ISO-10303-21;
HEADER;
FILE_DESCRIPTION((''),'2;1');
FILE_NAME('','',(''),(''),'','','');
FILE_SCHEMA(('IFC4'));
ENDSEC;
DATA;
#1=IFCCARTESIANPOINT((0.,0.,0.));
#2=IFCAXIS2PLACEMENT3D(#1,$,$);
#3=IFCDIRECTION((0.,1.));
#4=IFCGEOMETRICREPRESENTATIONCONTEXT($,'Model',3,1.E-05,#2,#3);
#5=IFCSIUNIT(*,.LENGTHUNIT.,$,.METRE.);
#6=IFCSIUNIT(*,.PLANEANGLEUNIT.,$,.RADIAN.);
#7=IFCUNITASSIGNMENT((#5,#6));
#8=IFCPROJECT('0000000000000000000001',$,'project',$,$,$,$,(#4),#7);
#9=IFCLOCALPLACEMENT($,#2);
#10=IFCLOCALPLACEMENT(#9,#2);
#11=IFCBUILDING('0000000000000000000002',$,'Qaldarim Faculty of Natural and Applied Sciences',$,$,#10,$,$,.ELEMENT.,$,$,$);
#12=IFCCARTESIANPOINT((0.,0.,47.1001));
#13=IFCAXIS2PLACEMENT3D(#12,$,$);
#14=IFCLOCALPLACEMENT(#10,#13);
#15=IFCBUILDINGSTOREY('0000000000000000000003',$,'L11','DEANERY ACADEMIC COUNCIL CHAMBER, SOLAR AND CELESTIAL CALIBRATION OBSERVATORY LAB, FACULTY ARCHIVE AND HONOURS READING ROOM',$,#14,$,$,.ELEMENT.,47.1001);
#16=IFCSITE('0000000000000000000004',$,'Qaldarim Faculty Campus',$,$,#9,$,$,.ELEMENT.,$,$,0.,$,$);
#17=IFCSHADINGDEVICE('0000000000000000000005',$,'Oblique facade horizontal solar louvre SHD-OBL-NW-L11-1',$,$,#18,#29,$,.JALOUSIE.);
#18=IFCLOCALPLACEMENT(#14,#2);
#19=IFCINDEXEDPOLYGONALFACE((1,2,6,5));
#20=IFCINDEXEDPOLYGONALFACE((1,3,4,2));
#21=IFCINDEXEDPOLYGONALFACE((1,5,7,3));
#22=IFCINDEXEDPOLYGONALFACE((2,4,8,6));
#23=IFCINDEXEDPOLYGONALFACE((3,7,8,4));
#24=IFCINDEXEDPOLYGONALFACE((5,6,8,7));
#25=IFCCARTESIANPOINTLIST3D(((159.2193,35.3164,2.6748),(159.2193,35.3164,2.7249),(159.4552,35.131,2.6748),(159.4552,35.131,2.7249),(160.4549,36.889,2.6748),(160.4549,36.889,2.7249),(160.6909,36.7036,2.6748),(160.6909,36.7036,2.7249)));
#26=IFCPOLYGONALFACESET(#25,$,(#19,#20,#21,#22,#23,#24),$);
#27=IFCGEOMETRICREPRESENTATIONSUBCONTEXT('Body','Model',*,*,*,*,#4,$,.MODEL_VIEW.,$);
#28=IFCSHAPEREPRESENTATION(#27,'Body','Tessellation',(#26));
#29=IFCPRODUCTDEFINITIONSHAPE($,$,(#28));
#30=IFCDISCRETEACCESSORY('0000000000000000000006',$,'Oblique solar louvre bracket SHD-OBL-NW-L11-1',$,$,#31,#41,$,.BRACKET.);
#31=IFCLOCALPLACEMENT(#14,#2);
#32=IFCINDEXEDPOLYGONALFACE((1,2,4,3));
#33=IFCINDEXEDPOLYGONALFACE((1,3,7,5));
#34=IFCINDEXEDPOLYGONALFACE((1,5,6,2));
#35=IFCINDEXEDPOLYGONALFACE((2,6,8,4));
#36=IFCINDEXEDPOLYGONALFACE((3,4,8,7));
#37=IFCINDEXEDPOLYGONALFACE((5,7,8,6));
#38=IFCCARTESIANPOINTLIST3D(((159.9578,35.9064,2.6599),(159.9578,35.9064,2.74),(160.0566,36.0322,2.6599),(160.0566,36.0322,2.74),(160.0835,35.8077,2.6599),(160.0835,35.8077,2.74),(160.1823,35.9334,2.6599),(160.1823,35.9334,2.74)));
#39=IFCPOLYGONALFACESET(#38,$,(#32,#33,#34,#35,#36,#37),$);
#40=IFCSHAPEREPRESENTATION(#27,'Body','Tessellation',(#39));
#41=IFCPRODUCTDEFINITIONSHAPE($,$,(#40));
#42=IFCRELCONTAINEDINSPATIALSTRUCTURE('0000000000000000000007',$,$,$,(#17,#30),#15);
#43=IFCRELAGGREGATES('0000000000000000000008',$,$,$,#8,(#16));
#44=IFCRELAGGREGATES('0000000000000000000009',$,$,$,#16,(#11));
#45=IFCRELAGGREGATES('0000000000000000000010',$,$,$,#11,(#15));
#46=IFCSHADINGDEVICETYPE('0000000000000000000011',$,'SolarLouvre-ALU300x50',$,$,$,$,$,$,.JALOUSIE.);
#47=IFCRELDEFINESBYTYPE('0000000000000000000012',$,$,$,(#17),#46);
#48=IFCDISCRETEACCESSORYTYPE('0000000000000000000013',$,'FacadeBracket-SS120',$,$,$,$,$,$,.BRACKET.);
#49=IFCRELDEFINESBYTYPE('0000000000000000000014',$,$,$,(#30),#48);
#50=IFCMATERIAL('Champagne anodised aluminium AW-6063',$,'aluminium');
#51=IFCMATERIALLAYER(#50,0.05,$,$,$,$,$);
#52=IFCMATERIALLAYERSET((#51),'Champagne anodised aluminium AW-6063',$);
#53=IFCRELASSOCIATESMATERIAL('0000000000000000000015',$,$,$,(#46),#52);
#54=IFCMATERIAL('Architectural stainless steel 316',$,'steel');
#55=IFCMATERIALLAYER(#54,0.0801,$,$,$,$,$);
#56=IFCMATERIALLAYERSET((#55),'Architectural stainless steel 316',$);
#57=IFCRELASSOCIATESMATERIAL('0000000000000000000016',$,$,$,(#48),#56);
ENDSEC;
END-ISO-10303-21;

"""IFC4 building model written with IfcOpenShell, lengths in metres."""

from ifc_helpers import new_model, si_unit, direction, frame, origin, origin_2d, place, context, subcontext, project, spatial, rectangle, extrude, material, layer, layer_set, type_object, element, save


model = new_model("IFC4")

# Units and contexts
model_context = context("Model", 3, precision=1e-05, world=origin(), true_north=direction((0.0, 1.0)))
body_context = subcontext(model_context, "Body", "Model", "MODEL_VIEW")
ifc_project = project(units=[si_unit("LENGTHUNIT", "METRE"), si_unit("PLANEANGLEUNIT", "RADIAN")], contexts=[model_context])

# Site, building, storey
site_placement = place(None, origin())
site = spatial("IfcSite", under=ifc_project, at=site_placement, Name="Qaldarim Faculty Campus", CompositionType="ELEMENT", RefElevation=0.0)
building_placement = place(site_placement, origin())
building = spatial("IfcBuilding", under=site, at=building_placement, Name="Qaldarim Faculty of Natural and Applied Sciences", CompositionType="ELEMENT")
storey_placement = place(building_placement, frame((0.0, 0.0, 47.1001)))
storey = spatial("IfcBuildingStorey", under=building, at=storey_placement, Name="L11", Description="DEANERY ACADEMIC COUNCIL CHAMBER, SOLAR AND CELESTIAL CALIBRATION OBSERVATORY LAB, FACULTY ARCHIVE AND HONOURS READING ROOM", CompositionType="ELEMENT", Elevation=47.1001)

# Shading device
ifc_material_1 = material(Name="Champagne anodised aluminium AW-6063", Category="aluminium")
ifc_layer_1 = layer(ifc_material_1, 0.05)
ifc_layer_set_1 = layer_set([ifc_layer_1], Name="Champagne anodised aluminium AW-6063")
shading_device_type = type_object("IfcShadingDeviceType", Name="SolarLouvre-ALU300x50", PredefinedType="JALOUSIE", material=ifc_layer_set_1)
shading_device_placement = place(storey_placement, frame((159.9551, 36.01, 2.6748), z_axis=(0.0, 0.0, 1.0), x_axis=(0.617818, 0.786321, 0.0)))
element("IfcShadingDevice", 1, at=shading_device_placement, inside=storey, type_object=shading_device_type, Name="Oblique facade horizontal solar louvre SHD-OBL-NW-L11-1", PredefinedType="JALOUSIE", context=body_context, shape_type="SweptSolid", body=[
    extrude(rectangle(XDim=2.0, YDim=0.3, at=origin_2d()), origin(), (0.0, 0.0, 1.0), 0.05),
])

# Discrete accessory
ifc_material_2 = material(Name="Architectural stainless steel 316", Category="steel")
ifc_layer_2 = layer(ifc_material_2, 0.0801)
ifc_layer_set_2 = layer_set([ifc_layer_2], Name="Architectural stainless steel 316")
discrete_accessory_type = type_object("IfcDiscreteAccessoryType", Name="FacadeBracket-SS120", PredefinedType="BRACKET", material=ifc_layer_set_2)
discrete_accessory_placement = place(storey_placement, frame((160.0701, 35.9199, 2.6599), z_axis=(0.0, 0.0, 1.0), x_axis=(0.617818, 0.786321, 0.0)))
element("IfcDiscreteAccessory", 2, at=discrete_accessory_placement, inside=storey, type_object=discrete_accessory_type, Name="Oblique solar louvre bracket SHD-OBL-NW-L11-1", PredefinedType="BRACKET", context=body_context, shape_type="SweptSolid", body=[
    extrude(rectangle(XDim=0.1599, YDim=0.1599, at=origin_2d()), origin(), (0.0, 0.0, 1.0), 0.0801),
])

save(model, "model.ifc")
